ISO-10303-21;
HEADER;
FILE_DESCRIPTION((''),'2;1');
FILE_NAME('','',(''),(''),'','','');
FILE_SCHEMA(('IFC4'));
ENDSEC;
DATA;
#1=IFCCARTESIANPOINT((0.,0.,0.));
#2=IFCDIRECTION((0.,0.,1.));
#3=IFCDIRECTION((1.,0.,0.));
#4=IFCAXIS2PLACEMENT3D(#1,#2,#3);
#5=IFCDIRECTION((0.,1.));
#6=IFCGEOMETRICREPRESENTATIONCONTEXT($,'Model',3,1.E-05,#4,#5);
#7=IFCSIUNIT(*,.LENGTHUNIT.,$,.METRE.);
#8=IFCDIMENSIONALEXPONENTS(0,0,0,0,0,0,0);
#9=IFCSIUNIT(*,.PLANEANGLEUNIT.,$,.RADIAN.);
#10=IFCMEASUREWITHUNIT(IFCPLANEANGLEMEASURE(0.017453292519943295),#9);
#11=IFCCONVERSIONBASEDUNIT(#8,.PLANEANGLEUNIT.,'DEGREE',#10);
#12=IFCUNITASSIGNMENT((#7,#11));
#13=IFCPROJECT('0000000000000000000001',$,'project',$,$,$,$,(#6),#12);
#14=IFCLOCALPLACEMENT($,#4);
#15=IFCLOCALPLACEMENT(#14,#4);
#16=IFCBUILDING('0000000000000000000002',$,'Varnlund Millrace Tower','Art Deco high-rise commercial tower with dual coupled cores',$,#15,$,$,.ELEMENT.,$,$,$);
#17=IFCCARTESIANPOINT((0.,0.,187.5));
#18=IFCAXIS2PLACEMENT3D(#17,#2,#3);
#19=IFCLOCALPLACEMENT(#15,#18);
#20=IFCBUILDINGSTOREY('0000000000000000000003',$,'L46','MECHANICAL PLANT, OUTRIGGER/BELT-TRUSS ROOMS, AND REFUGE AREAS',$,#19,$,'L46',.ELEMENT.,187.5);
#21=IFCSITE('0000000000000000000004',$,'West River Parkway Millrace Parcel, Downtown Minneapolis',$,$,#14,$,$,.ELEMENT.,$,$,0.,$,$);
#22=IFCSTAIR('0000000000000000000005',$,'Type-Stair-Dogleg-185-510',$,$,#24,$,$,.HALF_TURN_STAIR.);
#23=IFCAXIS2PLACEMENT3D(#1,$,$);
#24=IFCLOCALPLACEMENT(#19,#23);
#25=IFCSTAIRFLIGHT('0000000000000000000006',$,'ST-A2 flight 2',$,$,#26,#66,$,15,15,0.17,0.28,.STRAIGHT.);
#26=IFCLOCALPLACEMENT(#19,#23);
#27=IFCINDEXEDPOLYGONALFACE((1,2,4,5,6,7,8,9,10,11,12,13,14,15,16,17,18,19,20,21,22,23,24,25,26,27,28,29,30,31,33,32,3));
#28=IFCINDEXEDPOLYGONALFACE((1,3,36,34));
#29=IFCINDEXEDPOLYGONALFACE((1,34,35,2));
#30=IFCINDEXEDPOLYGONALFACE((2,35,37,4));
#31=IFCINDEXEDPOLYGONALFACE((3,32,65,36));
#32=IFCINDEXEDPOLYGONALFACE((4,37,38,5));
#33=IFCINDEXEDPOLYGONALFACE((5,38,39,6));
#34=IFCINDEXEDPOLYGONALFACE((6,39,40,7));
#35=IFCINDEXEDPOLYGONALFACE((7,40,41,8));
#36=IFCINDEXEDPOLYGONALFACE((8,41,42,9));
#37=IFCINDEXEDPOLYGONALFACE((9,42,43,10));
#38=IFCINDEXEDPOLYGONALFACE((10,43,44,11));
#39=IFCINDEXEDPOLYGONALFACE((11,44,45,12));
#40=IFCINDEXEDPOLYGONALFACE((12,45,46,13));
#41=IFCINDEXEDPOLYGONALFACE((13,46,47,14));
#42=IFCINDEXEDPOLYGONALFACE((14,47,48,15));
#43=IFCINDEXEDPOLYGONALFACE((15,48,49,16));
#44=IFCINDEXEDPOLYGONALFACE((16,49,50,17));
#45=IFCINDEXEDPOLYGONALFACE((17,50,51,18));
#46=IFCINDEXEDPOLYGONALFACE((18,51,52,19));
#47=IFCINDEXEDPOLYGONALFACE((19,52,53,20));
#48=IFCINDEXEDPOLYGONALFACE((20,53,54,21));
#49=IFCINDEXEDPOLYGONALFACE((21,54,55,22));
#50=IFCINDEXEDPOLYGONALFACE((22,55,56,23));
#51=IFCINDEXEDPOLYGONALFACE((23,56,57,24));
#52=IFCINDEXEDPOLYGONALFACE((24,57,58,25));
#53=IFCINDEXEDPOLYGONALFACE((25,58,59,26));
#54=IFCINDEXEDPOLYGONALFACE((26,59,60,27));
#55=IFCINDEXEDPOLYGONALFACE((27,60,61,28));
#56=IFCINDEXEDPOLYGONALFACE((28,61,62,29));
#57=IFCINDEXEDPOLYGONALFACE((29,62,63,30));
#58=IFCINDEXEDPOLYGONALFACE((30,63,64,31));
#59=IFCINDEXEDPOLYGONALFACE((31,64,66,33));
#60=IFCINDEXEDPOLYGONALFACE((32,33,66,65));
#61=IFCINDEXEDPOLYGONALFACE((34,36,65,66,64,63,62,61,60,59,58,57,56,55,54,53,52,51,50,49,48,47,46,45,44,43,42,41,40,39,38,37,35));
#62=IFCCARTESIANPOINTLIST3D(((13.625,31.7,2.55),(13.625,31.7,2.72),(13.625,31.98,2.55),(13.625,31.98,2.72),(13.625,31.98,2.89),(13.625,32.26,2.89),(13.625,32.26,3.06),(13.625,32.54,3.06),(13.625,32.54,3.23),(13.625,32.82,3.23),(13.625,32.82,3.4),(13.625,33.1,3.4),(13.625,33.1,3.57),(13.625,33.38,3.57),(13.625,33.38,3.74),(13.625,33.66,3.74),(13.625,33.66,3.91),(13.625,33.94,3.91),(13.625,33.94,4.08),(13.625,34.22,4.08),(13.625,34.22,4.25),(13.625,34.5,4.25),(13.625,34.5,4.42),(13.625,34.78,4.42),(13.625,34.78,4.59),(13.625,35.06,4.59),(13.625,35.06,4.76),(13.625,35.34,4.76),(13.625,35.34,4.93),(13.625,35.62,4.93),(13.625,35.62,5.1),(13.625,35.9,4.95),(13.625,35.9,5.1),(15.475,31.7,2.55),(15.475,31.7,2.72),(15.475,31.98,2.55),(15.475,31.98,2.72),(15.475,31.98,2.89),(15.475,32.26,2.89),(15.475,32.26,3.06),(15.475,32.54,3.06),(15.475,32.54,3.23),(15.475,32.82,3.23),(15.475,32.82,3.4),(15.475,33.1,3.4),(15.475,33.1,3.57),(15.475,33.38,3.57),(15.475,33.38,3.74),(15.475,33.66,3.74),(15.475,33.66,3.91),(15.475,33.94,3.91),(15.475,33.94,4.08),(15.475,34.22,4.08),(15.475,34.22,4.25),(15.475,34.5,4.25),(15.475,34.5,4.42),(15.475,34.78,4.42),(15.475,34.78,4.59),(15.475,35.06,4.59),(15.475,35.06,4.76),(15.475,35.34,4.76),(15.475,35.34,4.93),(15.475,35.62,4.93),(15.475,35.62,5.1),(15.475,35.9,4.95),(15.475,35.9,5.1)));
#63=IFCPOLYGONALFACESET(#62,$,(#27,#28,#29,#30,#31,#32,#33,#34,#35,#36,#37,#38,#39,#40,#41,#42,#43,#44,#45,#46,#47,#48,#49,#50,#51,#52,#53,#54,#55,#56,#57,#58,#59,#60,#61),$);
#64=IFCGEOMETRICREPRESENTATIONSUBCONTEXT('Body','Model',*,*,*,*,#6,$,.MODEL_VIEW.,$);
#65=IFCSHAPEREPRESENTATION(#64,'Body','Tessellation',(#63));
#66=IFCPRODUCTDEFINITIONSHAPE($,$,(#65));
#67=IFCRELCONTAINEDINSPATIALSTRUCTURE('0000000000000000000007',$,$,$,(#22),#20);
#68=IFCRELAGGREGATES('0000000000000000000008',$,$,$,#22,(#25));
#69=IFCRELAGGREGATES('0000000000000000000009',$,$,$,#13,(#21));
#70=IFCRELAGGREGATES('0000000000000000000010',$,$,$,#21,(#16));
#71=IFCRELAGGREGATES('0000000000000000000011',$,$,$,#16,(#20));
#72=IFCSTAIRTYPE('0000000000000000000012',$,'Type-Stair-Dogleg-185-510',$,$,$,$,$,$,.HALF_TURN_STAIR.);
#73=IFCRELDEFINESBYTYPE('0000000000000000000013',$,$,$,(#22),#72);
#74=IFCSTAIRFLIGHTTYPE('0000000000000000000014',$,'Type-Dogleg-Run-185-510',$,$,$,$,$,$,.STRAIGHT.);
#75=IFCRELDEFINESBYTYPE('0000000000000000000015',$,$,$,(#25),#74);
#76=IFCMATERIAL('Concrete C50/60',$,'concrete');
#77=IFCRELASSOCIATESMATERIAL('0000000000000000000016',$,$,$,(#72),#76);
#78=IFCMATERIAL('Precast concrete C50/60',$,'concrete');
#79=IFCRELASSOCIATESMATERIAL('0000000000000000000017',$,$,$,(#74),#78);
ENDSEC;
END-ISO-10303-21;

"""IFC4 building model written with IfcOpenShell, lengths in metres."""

from ifc_helpers import new_model, entity, si_unit, converted_unit, direction, frame, origin_with_axes, place, context, subcontext, project, spatial, polyline, outline, extrude, material, type_object, element, aggregate, save


model = new_model("IFC4")

# Units and contexts
model_context = context("Model", 3, precision=1e-05, world=origin_with_axes(), true_north=direction((0.0, 1.0)))
body_context = subcontext(model_context, "Body", "Model", "MODEL_VIEW")
ifc_project = project(units=[si_unit("LENGTHUNIT", "METRE"), converted_unit("PLANEANGLEUNIT", "DEGREE", entity("IfcPlaneAngleMeasure", 0.017453292519943295), si_unit("PLANEANGLEUNIT", "RADIAN"), dimensions=[0, 0, 0, 0, 0, 0, 0])], contexts=[model_context])

# Site, building, storey
site_placement = place(None, origin_with_axes())
site = spatial("IfcSite", under=ifc_project, at=site_placement, Name="West River Parkway Millrace Parcel, Downtown Minneapolis", CompositionType="ELEMENT", RefElevation=0.0)
building_placement = place(site_placement, origin_with_axes())
building = spatial("IfcBuilding", under=site, at=building_placement, Name="Varnlund Millrace Tower", Description="Art Deco high-rise commercial tower with dual coupled cores", CompositionType="ELEMENT")
storey_placement = place(building_placement, frame((0.0, 0.0, 187.5), z_axis=(0.0, 0.0, 1.0), x_axis=(1.0, 0.0, 0.0)))
storey = spatial("IfcBuildingStorey", under=building, at=storey_placement, Name="L46", Description="MECHANICAL PLANT, OUTRIGGER/BELT-TRUSS ROOMS, AND REFUGE AREAS", LongName="L46", CompositionType="ELEMENT", Elevation=187.5)

# Stair, stair flight
ifc_material_1 = material(Name="Concrete C50/60", Category="concrete")
stair_type = type_object("IfcStairType", Name="Type-Stair-Dogleg-185-510", PredefinedType="HALF_TURN_STAIR", material=ifc_material_1)
ifc_material_2 = material(Name="Precast concrete C50/60", Category="concrete")
stair_flight_type = type_object("IfcStairFlightType", Name="Type-Dogleg-Run-185-510", PredefinedType="STRAIGHT", material=ifc_material_2)
stair_1_placement = place(storey_placement, origin_with_axes())
stair_1 = element("IfcStair", 1, at=stair_1_placement, inside=storey, type_object=stair_type, Name="Type-Stair-Dogleg-185-510", PredefinedType="HALF_TURN_STAIR")
stair_flight_1_placement = place(storey_placement, frame((13.625, 31.7, 2.55), z_axis=(1.0, 0.0, 0.0), x_axis=(0.0, 1.0, 0.0)))
stair_flight_1 = element("IfcStairFlight", 2, at=stair_flight_1_placement, type_object=stair_flight_type, Name="ST-A2 flight 2", NumberOfRisers=15, NumberOfTreads=15, PredefinedType="STRAIGHT", RiserHeight=0.17, TreadLength=0.28, context=body_context, shape_type="SweptSolid", body=[
    extrude(outline(polyline([(0.0, 0.0), (0.0, 0.17), (0.28, 0.17), (0.28, 0.34), (0.56, 0.34), (0.56, 0.51), (0.84, 0.51), (0.84, 0.68), (1.12, 0.68), (1.12, 0.85), (1.4, 0.85), (1.4, 1.02), (1.68, 1.02), (1.68, 1.19), (1.96, 1.19), (1.96, 1.36), (2.24, 1.36), (2.24, 1.53), (2.52, 1.53), (2.52, 1.7), (2.8, 1.7), (2.8, 1.87), (3.08, 1.87), (3.08, 2.04), (3.36, 2.04), (3.36, 2.21), (3.64, 2.21), (3.64, 2.38), (3.92, 2.38), (3.92, 2.55), (4.2, 2.55), (4.2, 2.4), (0.28, 0.0), (0.0, 0.0)])), origin_with_axes(), (0.0, 0.0, 1.0), 1.85),
])
aggregate(stair_1, [stair_flight_1])

save(model, "model.ifc")
